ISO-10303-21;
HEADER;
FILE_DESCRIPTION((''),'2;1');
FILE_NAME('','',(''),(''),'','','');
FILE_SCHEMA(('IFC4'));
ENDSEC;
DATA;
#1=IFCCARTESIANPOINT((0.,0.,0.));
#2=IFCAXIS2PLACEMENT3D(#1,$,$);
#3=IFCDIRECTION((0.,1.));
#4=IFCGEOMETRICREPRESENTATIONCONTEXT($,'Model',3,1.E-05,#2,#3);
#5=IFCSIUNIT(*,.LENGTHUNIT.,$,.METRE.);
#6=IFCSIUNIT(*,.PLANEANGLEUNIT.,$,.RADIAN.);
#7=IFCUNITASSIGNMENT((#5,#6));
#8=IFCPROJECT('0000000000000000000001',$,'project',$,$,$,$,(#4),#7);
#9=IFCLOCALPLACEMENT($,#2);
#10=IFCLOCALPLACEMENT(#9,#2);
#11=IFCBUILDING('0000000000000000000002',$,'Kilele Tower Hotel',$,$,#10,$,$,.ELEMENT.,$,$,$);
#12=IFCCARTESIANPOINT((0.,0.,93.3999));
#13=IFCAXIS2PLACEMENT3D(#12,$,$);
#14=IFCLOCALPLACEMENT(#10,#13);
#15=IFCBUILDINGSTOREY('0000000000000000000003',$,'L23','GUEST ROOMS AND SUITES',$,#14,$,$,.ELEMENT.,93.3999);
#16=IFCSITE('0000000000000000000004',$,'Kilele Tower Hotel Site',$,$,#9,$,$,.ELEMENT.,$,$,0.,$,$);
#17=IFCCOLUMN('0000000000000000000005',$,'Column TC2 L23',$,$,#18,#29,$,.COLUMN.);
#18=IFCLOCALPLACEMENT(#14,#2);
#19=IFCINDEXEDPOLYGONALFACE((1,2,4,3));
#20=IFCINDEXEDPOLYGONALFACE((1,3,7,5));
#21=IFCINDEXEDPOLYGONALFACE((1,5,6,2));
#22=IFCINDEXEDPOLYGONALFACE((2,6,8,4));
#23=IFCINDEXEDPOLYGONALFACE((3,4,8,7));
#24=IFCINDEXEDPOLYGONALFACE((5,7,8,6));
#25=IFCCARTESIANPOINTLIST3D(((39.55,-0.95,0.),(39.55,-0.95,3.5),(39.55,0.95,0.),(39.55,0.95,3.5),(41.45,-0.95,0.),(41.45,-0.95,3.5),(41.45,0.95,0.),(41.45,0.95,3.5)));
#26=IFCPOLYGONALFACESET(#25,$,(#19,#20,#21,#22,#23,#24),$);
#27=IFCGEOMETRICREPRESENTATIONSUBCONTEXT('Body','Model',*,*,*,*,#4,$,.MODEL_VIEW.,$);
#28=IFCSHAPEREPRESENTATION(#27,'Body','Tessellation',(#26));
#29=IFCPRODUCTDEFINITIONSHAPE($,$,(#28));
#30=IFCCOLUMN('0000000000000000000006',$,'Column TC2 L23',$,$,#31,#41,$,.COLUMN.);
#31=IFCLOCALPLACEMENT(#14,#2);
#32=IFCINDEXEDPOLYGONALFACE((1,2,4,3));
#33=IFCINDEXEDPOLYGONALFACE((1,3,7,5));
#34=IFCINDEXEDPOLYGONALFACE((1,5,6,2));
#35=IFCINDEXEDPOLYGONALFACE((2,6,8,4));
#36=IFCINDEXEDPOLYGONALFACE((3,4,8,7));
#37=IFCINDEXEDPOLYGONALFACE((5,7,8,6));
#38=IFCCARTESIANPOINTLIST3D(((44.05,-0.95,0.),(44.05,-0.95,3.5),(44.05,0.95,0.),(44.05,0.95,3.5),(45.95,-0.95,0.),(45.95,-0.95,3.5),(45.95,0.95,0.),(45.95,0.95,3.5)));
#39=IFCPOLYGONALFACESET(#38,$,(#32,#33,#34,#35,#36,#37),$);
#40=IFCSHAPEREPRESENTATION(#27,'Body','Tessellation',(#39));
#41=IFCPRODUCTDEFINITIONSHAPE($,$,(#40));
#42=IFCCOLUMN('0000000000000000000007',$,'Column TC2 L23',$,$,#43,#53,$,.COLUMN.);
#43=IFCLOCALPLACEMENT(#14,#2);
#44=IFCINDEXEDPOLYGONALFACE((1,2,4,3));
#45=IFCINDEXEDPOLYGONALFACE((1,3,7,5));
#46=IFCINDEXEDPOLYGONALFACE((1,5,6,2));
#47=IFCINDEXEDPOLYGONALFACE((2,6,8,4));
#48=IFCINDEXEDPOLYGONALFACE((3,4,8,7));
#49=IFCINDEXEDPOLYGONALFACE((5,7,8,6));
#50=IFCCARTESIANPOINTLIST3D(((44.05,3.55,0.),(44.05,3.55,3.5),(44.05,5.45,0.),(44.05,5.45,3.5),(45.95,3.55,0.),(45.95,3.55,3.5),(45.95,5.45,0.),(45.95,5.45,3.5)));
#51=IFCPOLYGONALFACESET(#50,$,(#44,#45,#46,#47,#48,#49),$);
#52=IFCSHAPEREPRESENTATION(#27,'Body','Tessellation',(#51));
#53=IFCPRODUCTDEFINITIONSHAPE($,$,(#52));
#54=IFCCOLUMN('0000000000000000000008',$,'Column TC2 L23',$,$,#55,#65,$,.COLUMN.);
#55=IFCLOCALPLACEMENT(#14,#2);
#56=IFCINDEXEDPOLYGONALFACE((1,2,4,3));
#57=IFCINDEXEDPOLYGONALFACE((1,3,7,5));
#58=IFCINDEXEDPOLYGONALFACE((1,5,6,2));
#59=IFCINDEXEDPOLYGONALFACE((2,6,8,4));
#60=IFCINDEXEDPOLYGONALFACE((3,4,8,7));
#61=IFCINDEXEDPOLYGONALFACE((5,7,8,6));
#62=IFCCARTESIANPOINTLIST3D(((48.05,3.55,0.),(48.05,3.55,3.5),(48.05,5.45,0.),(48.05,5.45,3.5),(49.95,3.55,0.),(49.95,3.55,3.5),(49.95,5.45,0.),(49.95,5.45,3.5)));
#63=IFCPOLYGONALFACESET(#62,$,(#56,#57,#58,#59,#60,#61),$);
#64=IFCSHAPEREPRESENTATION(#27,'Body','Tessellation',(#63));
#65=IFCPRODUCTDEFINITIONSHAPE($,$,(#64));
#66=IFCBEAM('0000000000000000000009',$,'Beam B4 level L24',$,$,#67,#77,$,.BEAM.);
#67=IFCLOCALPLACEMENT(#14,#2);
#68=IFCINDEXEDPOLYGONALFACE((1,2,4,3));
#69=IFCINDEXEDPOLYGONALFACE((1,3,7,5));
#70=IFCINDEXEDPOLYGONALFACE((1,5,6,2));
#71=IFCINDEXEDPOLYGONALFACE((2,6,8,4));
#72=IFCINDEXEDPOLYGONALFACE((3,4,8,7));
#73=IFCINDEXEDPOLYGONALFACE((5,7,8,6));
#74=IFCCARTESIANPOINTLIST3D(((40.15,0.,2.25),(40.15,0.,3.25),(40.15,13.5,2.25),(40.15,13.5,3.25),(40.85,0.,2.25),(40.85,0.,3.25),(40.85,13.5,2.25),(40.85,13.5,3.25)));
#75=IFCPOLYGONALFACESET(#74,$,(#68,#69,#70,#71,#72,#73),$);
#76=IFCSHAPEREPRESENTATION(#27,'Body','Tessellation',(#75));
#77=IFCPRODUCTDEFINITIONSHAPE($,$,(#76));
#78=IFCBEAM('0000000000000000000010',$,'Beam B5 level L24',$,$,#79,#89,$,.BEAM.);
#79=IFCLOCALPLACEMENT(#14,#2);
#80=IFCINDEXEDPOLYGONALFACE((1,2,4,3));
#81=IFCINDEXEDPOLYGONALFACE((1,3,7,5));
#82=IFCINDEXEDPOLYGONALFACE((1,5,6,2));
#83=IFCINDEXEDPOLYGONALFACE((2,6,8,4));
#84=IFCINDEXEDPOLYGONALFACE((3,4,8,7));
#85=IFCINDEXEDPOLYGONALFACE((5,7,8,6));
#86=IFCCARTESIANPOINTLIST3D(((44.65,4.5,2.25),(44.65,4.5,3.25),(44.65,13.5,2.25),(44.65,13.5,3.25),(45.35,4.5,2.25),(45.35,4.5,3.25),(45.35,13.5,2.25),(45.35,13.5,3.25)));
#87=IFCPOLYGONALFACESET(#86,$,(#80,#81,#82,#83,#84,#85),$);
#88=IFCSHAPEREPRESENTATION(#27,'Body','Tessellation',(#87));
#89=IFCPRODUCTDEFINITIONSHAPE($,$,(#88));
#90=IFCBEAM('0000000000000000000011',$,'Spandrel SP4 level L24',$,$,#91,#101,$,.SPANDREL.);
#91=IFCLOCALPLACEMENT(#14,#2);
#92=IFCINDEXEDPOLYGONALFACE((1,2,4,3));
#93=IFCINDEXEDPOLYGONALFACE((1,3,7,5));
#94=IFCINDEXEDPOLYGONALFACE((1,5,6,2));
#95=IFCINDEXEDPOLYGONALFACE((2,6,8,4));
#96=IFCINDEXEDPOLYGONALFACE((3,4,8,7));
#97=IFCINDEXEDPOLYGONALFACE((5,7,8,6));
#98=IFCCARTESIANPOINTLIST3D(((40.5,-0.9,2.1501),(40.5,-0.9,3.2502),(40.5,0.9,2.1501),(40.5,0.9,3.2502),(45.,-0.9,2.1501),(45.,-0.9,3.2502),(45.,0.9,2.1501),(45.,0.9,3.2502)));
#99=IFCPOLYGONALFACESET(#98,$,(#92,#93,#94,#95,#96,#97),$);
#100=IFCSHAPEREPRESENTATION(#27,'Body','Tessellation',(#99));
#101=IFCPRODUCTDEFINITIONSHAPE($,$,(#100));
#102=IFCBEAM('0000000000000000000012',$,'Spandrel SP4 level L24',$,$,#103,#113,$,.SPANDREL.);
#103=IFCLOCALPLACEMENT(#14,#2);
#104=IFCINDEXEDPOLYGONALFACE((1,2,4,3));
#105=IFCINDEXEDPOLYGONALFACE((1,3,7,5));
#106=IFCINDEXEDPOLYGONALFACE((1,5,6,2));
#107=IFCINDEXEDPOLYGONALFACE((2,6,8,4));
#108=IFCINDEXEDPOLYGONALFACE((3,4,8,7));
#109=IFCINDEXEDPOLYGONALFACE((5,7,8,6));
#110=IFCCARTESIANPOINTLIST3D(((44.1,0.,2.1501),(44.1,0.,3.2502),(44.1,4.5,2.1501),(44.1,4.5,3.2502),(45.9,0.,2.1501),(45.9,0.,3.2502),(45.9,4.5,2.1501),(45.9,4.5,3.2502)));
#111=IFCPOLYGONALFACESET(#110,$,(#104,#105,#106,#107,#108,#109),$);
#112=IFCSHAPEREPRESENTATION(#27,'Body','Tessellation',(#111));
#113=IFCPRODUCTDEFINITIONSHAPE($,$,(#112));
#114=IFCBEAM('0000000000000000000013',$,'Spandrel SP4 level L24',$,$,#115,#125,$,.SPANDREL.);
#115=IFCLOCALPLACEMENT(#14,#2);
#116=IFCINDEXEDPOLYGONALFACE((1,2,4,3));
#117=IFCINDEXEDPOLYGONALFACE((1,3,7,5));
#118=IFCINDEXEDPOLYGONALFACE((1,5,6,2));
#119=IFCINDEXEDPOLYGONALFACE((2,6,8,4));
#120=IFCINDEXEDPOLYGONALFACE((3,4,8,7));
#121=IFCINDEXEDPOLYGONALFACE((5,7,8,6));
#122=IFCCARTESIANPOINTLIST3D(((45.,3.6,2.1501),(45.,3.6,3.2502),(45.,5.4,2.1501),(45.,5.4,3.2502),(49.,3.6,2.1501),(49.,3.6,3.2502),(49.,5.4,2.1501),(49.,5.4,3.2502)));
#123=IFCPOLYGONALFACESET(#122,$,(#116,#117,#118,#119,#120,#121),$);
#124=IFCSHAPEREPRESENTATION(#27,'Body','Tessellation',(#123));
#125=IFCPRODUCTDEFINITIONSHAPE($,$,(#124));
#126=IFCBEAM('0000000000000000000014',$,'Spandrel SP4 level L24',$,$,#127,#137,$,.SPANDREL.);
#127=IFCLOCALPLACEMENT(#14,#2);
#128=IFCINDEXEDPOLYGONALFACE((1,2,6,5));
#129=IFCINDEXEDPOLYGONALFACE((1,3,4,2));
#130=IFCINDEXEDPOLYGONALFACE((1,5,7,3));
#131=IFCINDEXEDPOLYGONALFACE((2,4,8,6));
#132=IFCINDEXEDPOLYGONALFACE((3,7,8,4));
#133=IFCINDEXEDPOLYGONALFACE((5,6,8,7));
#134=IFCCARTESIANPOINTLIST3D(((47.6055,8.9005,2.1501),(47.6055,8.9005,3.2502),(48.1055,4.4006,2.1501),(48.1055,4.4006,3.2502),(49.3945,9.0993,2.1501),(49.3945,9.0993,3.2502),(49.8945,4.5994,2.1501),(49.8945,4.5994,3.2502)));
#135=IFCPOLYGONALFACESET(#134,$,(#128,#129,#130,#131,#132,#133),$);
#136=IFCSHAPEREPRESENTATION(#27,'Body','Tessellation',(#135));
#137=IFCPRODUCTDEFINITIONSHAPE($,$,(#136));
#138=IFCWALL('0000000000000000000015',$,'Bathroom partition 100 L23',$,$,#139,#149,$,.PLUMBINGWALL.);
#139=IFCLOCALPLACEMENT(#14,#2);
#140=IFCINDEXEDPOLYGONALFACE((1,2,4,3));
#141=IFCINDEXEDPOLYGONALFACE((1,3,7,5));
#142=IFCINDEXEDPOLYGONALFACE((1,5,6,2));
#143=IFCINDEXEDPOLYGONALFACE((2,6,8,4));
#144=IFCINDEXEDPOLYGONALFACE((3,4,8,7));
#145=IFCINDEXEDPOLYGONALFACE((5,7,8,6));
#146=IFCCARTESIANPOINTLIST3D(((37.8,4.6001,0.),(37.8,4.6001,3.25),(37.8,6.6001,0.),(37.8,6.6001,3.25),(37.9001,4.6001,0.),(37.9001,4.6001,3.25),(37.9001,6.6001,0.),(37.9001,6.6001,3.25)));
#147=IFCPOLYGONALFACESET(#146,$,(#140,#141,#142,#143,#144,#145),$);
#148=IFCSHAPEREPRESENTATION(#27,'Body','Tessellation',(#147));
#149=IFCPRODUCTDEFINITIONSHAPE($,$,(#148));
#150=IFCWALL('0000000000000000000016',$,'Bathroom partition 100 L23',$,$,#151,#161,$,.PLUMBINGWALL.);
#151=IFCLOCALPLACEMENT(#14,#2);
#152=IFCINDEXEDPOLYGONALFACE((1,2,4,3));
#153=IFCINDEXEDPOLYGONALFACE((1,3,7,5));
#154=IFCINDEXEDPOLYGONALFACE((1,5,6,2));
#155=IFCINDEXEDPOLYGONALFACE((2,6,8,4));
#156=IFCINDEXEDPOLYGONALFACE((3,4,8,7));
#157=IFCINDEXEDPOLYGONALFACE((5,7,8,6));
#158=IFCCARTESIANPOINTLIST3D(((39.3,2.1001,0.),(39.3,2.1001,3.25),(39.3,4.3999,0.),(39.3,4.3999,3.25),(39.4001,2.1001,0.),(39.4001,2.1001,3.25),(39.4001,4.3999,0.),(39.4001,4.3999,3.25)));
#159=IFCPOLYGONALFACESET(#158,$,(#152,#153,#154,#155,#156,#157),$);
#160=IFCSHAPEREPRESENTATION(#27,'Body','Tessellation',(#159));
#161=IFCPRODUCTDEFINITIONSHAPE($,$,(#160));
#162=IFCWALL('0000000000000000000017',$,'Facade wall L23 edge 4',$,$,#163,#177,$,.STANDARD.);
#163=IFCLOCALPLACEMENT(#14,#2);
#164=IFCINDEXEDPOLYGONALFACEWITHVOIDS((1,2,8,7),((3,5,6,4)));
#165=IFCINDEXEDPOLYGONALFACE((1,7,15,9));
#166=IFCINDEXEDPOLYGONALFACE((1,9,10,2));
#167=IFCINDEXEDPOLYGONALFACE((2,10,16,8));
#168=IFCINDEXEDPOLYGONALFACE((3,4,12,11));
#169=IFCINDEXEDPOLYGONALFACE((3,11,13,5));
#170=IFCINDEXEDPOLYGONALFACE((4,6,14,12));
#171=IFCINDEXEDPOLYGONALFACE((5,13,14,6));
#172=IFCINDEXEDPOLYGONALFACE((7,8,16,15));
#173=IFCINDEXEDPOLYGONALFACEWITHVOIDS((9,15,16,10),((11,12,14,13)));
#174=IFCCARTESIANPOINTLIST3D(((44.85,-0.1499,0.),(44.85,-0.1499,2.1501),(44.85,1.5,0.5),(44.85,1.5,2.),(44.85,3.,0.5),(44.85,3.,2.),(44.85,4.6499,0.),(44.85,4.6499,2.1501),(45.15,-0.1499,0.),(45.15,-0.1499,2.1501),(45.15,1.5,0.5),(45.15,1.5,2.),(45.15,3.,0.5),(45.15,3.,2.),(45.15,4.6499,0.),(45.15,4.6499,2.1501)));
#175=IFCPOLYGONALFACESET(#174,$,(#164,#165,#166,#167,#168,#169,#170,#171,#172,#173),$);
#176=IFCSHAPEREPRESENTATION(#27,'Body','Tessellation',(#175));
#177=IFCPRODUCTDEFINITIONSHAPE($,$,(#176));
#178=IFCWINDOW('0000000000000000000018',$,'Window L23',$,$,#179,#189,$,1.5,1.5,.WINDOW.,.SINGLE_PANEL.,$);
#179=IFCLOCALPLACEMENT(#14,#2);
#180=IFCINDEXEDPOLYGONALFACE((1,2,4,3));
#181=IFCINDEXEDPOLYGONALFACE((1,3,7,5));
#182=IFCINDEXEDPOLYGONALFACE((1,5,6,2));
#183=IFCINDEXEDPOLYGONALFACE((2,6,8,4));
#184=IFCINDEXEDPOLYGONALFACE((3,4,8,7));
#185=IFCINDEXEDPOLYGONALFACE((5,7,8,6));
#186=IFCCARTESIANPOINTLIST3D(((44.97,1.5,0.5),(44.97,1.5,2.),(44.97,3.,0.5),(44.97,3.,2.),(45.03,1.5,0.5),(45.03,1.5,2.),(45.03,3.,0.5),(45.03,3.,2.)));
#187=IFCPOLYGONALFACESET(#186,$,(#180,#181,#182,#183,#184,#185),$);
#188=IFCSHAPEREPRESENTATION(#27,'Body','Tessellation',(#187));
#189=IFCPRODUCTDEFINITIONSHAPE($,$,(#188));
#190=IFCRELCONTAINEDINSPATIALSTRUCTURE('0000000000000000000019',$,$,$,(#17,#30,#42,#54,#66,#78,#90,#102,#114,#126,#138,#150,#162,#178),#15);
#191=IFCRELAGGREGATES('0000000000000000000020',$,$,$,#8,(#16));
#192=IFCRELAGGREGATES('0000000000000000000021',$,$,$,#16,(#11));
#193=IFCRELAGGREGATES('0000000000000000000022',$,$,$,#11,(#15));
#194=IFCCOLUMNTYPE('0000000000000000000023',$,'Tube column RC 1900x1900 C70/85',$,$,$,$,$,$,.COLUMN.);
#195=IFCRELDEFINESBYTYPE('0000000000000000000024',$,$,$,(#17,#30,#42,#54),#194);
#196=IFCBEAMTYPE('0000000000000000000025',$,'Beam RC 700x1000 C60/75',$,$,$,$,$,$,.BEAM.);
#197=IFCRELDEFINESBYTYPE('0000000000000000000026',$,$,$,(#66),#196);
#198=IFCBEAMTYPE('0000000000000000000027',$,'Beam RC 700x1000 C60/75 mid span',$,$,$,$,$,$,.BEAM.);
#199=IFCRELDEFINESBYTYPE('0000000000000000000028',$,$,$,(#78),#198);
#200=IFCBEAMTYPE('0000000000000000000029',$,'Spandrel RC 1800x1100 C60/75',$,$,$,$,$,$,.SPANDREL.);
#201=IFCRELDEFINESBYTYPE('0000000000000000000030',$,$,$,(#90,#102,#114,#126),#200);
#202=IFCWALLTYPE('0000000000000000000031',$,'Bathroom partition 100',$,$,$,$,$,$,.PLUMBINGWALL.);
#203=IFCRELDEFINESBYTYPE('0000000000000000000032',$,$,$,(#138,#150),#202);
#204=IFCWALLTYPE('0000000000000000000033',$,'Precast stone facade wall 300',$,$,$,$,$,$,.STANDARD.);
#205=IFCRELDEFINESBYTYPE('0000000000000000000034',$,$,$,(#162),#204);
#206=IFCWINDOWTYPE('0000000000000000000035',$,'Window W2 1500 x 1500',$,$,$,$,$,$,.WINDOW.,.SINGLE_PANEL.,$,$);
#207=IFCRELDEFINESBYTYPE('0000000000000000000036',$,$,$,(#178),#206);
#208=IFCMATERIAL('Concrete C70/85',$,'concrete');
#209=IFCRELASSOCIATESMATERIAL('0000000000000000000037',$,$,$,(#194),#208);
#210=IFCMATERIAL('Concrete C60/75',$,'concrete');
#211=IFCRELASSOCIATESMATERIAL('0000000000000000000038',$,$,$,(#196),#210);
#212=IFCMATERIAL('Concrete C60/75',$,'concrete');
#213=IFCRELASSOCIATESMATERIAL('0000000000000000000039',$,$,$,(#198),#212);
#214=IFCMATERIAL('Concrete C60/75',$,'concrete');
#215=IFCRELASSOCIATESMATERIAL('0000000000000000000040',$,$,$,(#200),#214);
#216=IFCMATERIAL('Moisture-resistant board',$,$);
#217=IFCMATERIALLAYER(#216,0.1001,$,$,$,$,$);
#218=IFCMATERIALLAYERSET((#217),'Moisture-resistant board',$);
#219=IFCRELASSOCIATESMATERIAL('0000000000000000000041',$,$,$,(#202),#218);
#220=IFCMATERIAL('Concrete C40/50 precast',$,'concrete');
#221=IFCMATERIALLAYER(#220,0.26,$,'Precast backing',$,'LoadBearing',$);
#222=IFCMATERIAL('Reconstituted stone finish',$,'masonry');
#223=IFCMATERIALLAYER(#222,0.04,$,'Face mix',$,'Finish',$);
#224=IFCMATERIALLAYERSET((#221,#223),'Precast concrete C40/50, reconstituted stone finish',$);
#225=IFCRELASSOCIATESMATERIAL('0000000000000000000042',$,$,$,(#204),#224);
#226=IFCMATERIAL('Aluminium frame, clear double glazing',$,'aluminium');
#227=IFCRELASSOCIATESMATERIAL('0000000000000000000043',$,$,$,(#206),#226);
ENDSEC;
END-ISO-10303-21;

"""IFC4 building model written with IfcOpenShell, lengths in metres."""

from ifc_helpers import new_model, si_unit, direction, frame, frame_2d, origin, origin_2d, place, context, subcontext, project, spatial, rectangle, extrude, material, layer, layer_set, material_profile, profile_set, type_object, element, fill, save


model = new_model("IFC4")

# Units and contexts
model_context = context("Model", 3, precision=1e-05, world=origin(), true_north=direction((0.0, 1.0)))
body_context = subcontext(model_context, "Body", "Model", "MODEL_VIEW")
ifc_project = project(units=[si_unit("LENGTHUNIT", "METRE"), si_unit("PLANEANGLEUNIT", "RADIAN")], contexts=[model_context])

# Site, building, storey
site_placement = place(None, origin())
site = spatial("IfcSite", under=ifc_project, at=site_placement, Name="Kilele Tower Hotel Site", CompositionType="ELEMENT", RefElevation=0.0)
building_placement = place(site_placement, origin())
building = spatial("IfcBuilding", under=site, at=building_placement, Name="Kilele Tower Hotel", CompositionType="ELEMENT")
storey_placement = place(building_placement, frame((0.0, 0.0, 93.3999)))
storey = spatial("IfcBuildingStorey", under=building, at=storey_placement, Name="L23", Description="GUEST ROOMS AND SUITES", CompositionType="ELEMENT", Elevation=93.3999)

# Columns
ifc_material_1 = material(Name="Concrete C70/85", Category="concrete")
ifc_material_profile_1 = material_profile(ifc_material_1, rectangle(XDim=1.8999, YDim=1.8999, at=origin_2d()))
ifc_profile_set_1 = profile_set([ifc_material_profile_1], Name="Concrete C70/85")
column_type = type_object("IfcColumnType", Name="Tube column RC 1900x1900 C70/85", PredefinedType="COLUMN", material=ifc_profile_set_1)
for number, where, z_axis, x_axis, name in (
    (1, (40.5, 0.0, 0.0), (0.0, 0.0, 1.0), (1.0, 0.0, 0.0), "Column TC2 L23"),
    (2, (45.0, 0.0, 0.0), (0.0, 0.0, 1.0), (1.0, 0.0, 0.0), "Column TC2 L23"),
    (3, (45.0, 4.5, 0.0), (0.0, 0.0, 1.0), (1.0, 0.0, 0.0), "Column TC2 L23"),
    (4, (49.0, 4.5, 0.0), (0.0, 0.0, 1.0), (1.0, 0.0, 0.0), "Column TC2 L23"),
):
    element("IfcColumn", number, at=place(storey_placement, frame(where, z_axis=z_axis, x_axis=x_axis)), inside=storey, type_object=column_type, Name=name, PredefinedType="COLUMN", context=body_context, shape_type="SweptSolid", body=[
        extrude(rectangle(XDim=1.8999, YDim=1.8999, at=origin_2d()), origin(), (0.0, 0.0, 1.0), 3.5),
    ])

# Beams
ifc_material_2 = material(Name="Concrete C60/75", Category="concrete")
ifc_material_profile_2 = material_profile(ifc_material_2, rectangle(XDim=0.7, YDim=1.0, at=origin_2d()))
ifc_profile_set_2 = profile_set([ifc_material_profile_2], Name="Concrete C60/75")
beam_type_1 = type_object("IfcBeamType", Name="Beam RC 700x1000 C60/75", PredefinedType="BEAM", material=ifc_profile_set_2)
beam_1_placement = place(storey_placement, frame((40.5, 0.0, 2.75), z_axis=(0.0, 1.0, 0.0), x_axis=(-1.0, 0.0, 0.0)))
element("IfcBeam", 5, at=beam_1_placement, inside=storey, type_object=beam_type_1, Name="Beam B4 level L24", PredefinedType="BEAM", context=body_context, shape_type="SweptSolid", body=[
    extrude(rectangle(XDim=0.7, YDim=1.0, at=origin_2d()), origin(), (0.0, 0.0, 1.0), 13.5),
])
ifc_material_3 = material(Name="Concrete C60/75", Category="concrete")
ifc_material_profile_3 = material_profile(ifc_material_3, rectangle(XDim=0.7, YDim=1.0, at=origin_2d()))
ifc_profile_set_3 = profile_set([ifc_material_profile_3], Name="Concrete C60/75")
beam_type_2 = type_object("IfcBeamType", Name="Beam RC 700x1000 C60/75 mid span", PredefinedType="BEAM", material=ifc_profile_set_3)
beam_2_placement = place(storey_placement, frame((45.0, 4.5, 2.75), z_axis=(0.0, 1.0, 0.0), x_axis=(-1.0, 0.0, 0.0)))
element("IfcBeam", 6, at=beam_2_placement, inside=storey, type_object=beam_type_2, Name="Beam B5 level L24", PredefinedType="BEAM", context=body_context, shape_type="SweptSolid", body=[
    extrude(rectangle(XDim=0.7, YDim=1.0, at=origin_2d()), origin(), (0.0, 0.0, 1.0), 9.0),
])
ifc_material_4 = material(Name="Concrete C60/75", Category="concrete")
ifc_material_profile_4 = material_profile(ifc_material_4, rectangle(XDim=1.8, YDim=1.1001, at=origin_2d()))
ifc_profile_set_4 = profile_set([ifc_material_profile_4], Name="Concrete C60/75")
beam_type_3 = type_object("IfcBeamType", Name="Spandrel RC 1800x1100 C60/75", PredefinedType="SPANDREL", material=ifc_profile_set_4)
for number, where, z_axis, x_axis, name in (
    (7, (40.5, 0.0, 2.7002), (1.0, 0.0, 0.0), (0.0, 1.0, 0.0), "Spandrel SP4 level L24"),
    (8, (45.0, 0.0, 2.7002), (0.0, 1.0, 0.0), (-1.0, 0.0, 0.0), "Spandrel SP4 level L24"),
):
    element("IfcBeam", number, at=place(storey_placement, frame(where, z_axis=z_axis, x_axis=x_axis)), inside=storey, type_object=beam_type_3, Name=name, PredefinedType="SPANDREL", context=body_context, shape_type="SweptSolid", body=[
        extrude(rectangle(XDim=1.8, YDim=1.1001, at=origin_2d()), origin(), (0.0, 0.0, 1.0), 4.5),
    ])
beam_3_placement = place(storey_placement, frame((45.0, 4.5, 2.7002), z_axis=(1.0, 0.0, 0.0), x_axis=(0.0, 1.0, 0.0)))
element("IfcBeam", 9, at=beam_3_placement, inside=storey, type_object=beam_type_3, Name="Spandrel SP4 level L24", PredefinedType="SPANDREL", context=body_context, shape_type="SweptSolid", body=[
    extrude(rectangle(XDim=1.8, YDim=1.1001, at=origin_2d()), origin(), (0.0, 0.0, 1.0), 4.0),
])
beam_4_placement = place(storey_placement, frame((49.0, 4.5, 2.7002), z_axis=(-0.110432, 0.993884, 0.0), x_axis=(-0.993884, -0.110432, 0.0)))
element("IfcBeam", 10, at=beam_4_placement, inside=storey, type_object=beam_type_3, Name="Spandrel SP4 level L24", PredefinedType="SPANDREL", context=body_context, shape_type="SweptSolid", body=[
    extrude(rectangle(XDim=1.8, YDim=1.1001, at=origin_2d()), origin(), (0.0, 0.0, 1.0), 4.5276),
])

# Walls
ifc_material_5 = material(Name="Moisture-resistant board")
ifc_layer_1 = layer(ifc_material_5, 0.1001)
ifc_layer_set_1 = layer_set([ifc_layer_1], Name="Moisture-resistant board")
wall_type_1 = type_object("IfcWallType", Name="Bathroom partition 100", PredefinedType="PLUMBINGWALL", material=ifc_layer_set_1)
wall_1_placement = place(storey_placement, frame((37.8501, 4.6001, 0.0), z_axis=(0.0, 0.0, 1.0), x_axis=(0.0, 1.0, 0.0)))
element("IfcWall", 11, at=wall_1_placement, inside=storey, type_object=wall_type_1, Name="Bathroom partition 100 L23", PredefinedType="PLUMBINGWALL", context=body_context, shape_type="SweptSolid", body=[
    extrude(rectangle(XDim=2.0, YDim=0.1001, at=frame_2d((1.0, 0.0))), origin(), (0.0, 0.0, 1.0), 3.25),
])
wall_2_placement = place(storey_placement, frame((39.3501, 4.3999, 0.0), z_axis=(0.0, 0.0, 1.0), x_axis=(0.0, -1.0, 0.0)))
element("IfcWall", 12, at=wall_2_placement, inside=storey, type_object=wall_type_1, Name="Bathroom partition 100 L23", PredefinedType="PLUMBINGWALL", context=body_context, shape_type="SweptSolid", body=[
    extrude(rectangle(XDim=2.2998, YDim=0.1001, at=frame_2d((1.1499, 0.0))), origin(), (0.0, 0.0, 1.0), 3.25),
])

# Wall, opening, window
ifc_material_6 = material(Name="Concrete C40/50 precast", Category="concrete")
ifc_layer_2 = layer(ifc_material_6, 0.26, Name="Precast backing", Category="LoadBearing")
ifc_material_7 = material(Name="Reconstituted stone finish", Category="masonry")
ifc_layer_3 = layer(ifc_material_7, 0.04, Name="Face mix", Category="Finish")
ifc_layer_set_2 = layer_set([ifc_layer_2, ifc_layer_3], Name="Precast concrete C40/50, reconstituted stone finish")
wall_type_2 = type_object("IfcWallType", Name="Precast stone facade wall 300", PredefinedType="STANDARD", material=ifc_layer_set_2)
wall_3_placement = place(storey_placement, frame((45.0, -0.1499, 0.0), z_axis=(0.0, 0.0, 1.0), x_axis=(0.0, 1.0, 0.0)))
wall_3 = element("IfcWall", 13, at=wall_3_placement, inside=storey, type_object=wall_type_2, Name="Facade wall L23 edge 4", PredefinedType="STANDARD", context=body_context, shape_type="SweptSolid", body=[
    extrude(rectangle(XDim=4.7998, YDim=0.3, at=frame_2d((2.3999, 0.0))), origin(), (0.0, 0.0, 1.0), 2.1501),
])
opening_1_placement = place(wall_3_placement, frame((1.6499, 0.0, 0.5)))
opening_1 = element("IfcOpeningElement", 14, at=opening_1_placement, cuts=wall_3, PredefinedType="OPENING", context=body_context, shape_type="SweptSolid", body=[
    extrude(rectangle(XDim=1.5, YDim=1.5, at=frame_2d((0.75, 0.75))), frame((0.0, 0.1599, 0.0), z_axis=(0.0, -1.0, 0.0), x_axis=(1.0, 0.0, 0.0)), (0.0, 0.0, 1.0), 0.3201),
])
ifc_material_8 = material(Name="Aluminium frame, clear double glazing", Category="aluminium")
window_type = type_object("IfcWindowType", Name="Window W2 1500 x 1500", PartitioningType="SINGLE_PANEL", PredefinedType="WINDOW", material=ifc_material_8)
window_1_placement = place(opening_1_placement, origin())
window_1 = element("IfcWindow", 15, at=window_1_placement, inside=storey, type_object=window_type, Name="Window L23", OverallHeight=1.5, OverallWidth=1.5, PartitioningType="SINGLE_PANEL", PredefinedType="WINDOW", context=body_context, shape_type="SweptSolid", body=[
    extrude(rectangle(XDim=1.5, YDim=1.5, at=frame_2d((0.75, 0.75))), frame((0.0, 0.03, 0.0), z_axis=(0.0, -1.0, 0.0), x_axis=(1.0, 0.0, 0.0)), (0.0, 0.0, 1.0), 0.0601),
])
fill(opening_1, window_1)

save(model, "model.ifc")
